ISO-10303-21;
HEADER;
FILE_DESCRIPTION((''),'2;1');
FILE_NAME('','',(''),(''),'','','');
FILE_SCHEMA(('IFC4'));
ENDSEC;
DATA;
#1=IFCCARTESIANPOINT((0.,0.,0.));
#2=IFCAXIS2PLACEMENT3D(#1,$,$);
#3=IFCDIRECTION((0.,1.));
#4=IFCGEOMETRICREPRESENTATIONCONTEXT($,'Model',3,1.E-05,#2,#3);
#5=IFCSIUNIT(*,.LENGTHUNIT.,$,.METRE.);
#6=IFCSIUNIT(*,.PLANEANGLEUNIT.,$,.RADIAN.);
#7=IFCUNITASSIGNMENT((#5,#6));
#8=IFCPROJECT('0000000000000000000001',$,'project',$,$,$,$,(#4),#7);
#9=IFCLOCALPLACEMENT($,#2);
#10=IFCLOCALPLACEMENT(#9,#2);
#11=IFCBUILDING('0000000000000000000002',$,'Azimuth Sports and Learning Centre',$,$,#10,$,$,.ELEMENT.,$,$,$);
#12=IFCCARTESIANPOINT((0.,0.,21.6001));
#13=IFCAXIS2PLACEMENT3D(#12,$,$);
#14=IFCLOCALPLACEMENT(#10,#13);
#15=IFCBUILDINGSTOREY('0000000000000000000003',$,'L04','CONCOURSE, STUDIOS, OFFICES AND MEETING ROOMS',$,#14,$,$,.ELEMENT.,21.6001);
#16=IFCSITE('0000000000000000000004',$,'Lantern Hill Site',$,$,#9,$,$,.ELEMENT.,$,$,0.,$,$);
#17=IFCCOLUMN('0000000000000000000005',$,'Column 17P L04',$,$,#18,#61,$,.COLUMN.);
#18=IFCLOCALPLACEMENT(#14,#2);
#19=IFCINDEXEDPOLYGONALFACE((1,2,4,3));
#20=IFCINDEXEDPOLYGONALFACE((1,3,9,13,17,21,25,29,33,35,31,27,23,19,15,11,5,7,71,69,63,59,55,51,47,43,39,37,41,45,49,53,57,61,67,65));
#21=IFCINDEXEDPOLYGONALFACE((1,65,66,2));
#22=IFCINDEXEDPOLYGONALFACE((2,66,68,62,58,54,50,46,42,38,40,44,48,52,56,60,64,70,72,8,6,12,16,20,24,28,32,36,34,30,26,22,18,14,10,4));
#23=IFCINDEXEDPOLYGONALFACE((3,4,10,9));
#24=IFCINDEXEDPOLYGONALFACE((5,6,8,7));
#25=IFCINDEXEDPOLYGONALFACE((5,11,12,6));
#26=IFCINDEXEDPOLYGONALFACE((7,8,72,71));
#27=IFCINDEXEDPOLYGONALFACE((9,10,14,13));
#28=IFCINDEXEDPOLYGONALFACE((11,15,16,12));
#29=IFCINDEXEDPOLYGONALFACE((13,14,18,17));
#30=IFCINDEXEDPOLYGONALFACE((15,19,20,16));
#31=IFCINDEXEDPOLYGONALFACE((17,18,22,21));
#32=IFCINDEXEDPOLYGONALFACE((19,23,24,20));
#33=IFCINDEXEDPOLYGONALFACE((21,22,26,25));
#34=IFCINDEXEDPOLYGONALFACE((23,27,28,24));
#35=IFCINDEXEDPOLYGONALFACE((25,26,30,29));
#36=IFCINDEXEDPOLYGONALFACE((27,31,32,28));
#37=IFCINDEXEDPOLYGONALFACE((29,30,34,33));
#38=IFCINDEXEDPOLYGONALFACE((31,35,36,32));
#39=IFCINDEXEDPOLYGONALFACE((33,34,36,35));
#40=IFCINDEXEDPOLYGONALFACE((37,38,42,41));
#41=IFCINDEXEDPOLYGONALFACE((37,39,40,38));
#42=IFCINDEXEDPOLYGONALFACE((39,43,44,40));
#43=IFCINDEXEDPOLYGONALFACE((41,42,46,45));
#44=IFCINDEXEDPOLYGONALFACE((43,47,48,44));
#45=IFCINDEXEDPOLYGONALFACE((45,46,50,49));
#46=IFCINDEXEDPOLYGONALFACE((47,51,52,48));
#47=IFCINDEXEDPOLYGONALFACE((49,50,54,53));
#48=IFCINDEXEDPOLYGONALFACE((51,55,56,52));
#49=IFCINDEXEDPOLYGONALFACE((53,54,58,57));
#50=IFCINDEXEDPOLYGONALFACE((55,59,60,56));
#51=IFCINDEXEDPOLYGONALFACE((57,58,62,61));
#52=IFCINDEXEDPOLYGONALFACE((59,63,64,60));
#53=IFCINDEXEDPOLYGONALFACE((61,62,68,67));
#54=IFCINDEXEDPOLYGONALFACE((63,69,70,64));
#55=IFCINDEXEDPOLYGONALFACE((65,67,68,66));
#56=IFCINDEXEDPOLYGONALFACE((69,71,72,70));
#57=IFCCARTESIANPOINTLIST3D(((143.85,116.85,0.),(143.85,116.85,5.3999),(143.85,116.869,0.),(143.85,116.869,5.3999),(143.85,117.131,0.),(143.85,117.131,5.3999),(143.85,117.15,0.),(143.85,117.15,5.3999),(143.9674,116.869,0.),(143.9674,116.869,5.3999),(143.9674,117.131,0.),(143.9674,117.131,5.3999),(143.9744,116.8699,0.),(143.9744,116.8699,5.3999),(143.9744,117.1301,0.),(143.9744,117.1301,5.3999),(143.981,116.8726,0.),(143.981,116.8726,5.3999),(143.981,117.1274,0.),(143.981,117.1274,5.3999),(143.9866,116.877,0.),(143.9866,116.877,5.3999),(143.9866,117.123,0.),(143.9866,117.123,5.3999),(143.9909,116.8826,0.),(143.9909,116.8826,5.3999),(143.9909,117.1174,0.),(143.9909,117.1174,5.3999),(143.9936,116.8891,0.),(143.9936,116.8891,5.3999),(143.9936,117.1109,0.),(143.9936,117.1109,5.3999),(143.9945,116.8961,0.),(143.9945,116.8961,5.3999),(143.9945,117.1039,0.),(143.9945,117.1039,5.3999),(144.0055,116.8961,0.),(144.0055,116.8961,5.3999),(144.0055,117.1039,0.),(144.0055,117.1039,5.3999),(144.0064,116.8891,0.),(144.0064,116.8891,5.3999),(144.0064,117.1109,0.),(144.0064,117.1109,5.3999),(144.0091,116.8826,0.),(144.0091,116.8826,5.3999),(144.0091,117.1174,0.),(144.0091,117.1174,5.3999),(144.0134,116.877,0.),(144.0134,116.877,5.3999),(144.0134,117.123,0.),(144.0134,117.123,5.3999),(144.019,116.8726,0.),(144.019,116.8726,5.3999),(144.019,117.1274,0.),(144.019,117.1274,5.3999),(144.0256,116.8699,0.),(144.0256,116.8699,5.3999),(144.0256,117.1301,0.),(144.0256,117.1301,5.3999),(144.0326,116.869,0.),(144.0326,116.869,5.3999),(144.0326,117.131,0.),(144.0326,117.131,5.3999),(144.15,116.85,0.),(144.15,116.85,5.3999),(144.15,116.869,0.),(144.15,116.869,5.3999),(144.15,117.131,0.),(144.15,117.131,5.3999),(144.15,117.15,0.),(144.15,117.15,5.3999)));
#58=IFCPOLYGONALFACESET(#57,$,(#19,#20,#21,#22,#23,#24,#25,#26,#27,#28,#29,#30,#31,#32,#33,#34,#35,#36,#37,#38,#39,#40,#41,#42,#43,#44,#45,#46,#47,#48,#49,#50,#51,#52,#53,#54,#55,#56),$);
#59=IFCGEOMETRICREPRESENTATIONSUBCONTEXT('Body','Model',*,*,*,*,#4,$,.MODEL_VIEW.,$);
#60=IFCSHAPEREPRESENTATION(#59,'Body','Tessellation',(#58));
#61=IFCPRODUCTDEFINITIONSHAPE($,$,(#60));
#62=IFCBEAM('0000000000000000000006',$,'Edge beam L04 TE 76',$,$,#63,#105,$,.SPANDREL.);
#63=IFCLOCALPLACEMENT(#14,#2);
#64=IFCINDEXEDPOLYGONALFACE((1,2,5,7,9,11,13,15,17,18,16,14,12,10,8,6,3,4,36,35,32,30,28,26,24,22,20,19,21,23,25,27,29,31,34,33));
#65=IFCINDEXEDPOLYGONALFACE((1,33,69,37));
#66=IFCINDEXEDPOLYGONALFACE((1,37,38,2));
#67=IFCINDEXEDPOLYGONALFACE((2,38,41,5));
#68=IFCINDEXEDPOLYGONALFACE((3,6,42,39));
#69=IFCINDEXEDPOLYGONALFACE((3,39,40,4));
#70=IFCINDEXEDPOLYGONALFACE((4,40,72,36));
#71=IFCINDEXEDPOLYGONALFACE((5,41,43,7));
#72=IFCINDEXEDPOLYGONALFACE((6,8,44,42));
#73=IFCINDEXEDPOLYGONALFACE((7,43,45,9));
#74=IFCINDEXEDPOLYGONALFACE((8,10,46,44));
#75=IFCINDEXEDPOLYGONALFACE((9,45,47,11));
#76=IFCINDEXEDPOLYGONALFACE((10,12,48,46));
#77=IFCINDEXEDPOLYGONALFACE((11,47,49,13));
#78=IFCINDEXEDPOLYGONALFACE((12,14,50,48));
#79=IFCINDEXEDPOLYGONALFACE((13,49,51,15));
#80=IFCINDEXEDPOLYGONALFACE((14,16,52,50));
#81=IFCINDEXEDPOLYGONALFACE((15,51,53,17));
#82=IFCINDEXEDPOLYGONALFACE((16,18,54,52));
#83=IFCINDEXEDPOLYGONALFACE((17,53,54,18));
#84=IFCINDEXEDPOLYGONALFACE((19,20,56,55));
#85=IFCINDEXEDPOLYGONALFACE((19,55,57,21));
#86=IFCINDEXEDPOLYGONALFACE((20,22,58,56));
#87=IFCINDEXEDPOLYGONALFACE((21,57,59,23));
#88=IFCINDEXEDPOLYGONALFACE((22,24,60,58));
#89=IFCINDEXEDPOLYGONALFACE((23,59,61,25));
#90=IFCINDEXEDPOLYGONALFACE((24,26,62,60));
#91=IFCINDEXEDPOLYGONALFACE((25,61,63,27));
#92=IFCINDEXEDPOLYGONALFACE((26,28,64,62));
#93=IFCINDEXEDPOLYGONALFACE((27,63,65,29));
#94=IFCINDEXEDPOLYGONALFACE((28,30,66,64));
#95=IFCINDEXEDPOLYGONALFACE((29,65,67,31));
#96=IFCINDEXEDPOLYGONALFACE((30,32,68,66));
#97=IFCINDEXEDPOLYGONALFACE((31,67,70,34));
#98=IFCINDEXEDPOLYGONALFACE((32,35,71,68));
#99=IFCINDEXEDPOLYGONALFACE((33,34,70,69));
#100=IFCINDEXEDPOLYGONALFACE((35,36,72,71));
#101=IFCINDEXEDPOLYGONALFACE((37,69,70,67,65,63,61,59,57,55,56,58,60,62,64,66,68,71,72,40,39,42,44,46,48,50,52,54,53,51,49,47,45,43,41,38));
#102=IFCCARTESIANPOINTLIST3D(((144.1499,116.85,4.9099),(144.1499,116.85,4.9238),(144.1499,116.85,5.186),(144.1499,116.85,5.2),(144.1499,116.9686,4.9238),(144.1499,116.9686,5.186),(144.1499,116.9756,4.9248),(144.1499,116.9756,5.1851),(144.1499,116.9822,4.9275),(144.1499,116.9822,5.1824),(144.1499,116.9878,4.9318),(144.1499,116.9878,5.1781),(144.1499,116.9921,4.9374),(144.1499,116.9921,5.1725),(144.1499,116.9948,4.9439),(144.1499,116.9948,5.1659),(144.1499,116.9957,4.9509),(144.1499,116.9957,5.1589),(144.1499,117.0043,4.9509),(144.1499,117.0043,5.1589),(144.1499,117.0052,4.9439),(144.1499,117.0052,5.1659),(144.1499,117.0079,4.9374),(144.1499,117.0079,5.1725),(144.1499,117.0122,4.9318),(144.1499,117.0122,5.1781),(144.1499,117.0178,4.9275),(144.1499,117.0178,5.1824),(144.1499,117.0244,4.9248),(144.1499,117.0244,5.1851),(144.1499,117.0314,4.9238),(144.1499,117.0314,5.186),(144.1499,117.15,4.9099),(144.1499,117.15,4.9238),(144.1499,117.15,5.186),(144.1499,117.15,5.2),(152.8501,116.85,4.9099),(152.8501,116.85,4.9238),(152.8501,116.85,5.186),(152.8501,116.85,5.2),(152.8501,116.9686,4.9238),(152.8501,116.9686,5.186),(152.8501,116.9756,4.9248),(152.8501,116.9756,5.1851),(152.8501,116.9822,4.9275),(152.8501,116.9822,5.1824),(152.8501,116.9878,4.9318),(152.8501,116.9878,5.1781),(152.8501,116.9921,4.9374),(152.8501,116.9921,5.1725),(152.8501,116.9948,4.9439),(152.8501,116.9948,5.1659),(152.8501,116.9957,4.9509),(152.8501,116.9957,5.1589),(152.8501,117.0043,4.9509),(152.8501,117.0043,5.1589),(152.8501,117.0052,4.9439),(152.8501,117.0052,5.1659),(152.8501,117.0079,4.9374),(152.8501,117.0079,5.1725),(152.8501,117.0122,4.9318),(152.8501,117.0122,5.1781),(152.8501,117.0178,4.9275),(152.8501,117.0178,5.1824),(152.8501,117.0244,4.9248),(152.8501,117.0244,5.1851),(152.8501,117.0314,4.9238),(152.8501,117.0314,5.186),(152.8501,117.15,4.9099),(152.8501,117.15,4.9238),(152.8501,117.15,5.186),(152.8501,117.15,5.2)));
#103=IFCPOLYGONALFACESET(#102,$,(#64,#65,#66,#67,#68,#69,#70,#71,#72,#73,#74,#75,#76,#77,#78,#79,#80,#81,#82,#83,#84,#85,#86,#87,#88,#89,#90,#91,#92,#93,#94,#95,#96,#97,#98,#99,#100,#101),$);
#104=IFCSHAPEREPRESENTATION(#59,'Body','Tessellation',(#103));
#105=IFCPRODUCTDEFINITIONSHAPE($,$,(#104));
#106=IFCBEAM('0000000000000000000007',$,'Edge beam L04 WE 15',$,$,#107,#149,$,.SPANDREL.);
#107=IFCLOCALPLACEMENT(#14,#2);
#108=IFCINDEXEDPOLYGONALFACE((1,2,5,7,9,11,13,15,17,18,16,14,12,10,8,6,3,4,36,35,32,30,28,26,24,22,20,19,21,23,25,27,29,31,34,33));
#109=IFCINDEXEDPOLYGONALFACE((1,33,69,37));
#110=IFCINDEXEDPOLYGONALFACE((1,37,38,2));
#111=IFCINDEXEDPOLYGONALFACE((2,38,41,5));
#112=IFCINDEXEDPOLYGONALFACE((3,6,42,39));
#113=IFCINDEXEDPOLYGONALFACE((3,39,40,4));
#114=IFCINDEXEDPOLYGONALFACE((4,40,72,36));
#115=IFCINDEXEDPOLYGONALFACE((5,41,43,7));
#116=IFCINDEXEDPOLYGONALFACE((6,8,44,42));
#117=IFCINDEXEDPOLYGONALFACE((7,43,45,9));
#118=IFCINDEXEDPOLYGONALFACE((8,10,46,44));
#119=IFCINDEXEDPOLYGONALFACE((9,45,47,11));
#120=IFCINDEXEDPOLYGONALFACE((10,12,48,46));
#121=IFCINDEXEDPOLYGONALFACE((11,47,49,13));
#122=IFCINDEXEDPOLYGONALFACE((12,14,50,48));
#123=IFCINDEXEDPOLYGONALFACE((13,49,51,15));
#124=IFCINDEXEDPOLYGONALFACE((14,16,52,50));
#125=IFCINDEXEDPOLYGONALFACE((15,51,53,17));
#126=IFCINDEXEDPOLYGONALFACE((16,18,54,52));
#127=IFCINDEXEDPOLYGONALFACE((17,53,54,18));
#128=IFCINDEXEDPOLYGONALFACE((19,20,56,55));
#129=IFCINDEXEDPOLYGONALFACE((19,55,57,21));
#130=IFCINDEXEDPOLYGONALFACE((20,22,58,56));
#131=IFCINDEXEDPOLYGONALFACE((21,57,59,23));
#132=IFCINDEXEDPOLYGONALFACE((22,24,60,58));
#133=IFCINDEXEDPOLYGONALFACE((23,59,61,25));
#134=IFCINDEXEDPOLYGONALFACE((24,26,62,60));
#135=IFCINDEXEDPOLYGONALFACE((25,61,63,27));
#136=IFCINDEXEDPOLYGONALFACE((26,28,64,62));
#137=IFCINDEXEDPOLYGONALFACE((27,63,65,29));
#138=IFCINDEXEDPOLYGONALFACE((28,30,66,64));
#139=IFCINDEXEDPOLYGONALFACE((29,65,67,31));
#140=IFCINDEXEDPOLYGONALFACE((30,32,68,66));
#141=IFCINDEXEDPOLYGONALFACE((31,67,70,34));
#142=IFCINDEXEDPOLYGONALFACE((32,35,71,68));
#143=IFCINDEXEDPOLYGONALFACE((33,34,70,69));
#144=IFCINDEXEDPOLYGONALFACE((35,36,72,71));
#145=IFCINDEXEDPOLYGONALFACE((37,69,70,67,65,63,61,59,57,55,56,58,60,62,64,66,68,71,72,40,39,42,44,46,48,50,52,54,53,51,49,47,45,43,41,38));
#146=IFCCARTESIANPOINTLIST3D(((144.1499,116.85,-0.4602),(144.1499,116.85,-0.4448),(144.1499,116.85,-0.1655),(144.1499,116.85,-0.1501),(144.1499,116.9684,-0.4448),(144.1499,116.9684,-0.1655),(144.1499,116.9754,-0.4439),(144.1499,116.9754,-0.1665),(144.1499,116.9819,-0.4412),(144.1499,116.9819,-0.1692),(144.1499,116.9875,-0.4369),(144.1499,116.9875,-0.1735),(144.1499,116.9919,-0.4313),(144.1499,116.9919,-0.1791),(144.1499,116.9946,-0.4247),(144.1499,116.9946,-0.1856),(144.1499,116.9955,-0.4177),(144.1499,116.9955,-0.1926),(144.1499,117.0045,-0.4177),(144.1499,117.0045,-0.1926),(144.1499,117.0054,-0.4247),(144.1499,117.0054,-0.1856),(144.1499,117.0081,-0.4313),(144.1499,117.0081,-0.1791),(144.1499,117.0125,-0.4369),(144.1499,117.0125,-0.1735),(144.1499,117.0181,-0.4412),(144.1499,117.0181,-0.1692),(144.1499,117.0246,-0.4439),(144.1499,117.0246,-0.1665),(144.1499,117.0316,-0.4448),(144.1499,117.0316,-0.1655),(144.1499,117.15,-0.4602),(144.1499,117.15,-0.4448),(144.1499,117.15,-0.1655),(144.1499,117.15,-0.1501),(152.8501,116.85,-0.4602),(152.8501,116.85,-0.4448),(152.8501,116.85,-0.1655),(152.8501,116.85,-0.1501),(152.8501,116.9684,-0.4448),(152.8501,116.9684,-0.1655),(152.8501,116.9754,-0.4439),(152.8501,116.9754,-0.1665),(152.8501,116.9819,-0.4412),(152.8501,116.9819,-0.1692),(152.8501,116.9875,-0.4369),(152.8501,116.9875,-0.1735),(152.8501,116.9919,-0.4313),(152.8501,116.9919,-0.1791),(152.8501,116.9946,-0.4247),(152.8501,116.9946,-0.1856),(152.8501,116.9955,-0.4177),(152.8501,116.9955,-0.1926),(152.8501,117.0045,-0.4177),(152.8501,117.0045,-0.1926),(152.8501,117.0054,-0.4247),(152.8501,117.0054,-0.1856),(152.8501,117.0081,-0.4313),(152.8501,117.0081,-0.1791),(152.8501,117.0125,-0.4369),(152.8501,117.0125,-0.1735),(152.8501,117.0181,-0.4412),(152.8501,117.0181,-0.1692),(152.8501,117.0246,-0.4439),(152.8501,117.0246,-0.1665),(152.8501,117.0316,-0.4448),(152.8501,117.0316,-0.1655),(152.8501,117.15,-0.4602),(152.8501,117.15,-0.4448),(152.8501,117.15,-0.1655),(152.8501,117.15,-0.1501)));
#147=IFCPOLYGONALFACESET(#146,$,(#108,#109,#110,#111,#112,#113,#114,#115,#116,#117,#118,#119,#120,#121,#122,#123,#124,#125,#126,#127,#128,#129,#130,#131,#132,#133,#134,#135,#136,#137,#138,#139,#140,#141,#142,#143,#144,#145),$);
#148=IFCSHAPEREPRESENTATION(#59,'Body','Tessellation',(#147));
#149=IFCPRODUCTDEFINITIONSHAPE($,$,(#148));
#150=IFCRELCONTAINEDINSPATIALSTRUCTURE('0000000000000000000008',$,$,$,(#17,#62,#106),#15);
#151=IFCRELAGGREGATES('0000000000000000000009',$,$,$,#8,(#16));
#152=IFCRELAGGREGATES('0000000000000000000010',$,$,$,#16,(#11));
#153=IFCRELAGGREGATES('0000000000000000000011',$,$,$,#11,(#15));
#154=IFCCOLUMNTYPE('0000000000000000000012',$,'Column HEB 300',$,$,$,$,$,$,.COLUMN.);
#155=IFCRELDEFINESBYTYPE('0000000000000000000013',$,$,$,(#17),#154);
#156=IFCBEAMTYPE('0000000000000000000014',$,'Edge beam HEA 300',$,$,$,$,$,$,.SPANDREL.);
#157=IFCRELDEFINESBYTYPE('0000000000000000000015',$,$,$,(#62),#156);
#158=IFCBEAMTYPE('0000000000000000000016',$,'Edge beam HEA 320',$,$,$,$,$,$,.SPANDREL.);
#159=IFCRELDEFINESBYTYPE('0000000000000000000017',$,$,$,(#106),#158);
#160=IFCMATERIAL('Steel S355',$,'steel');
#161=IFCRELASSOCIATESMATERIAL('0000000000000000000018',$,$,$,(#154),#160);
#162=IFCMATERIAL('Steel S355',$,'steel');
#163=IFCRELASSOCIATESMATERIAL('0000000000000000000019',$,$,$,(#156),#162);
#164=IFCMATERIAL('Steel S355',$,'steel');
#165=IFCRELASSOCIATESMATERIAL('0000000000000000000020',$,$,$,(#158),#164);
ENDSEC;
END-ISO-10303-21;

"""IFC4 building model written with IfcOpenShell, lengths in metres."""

from ifc_helpers import new_model, si_unit, direction, frame, origin, origin_2d, place, context, subcontext, project, spatial, i_section, extrude, material, material_profile, profile_set, type_object, element, save


model = new_model("IFC4")

# Units and contexts
model_context = context("Model", 3, precision=1e-05, world=origin(), true_north=direction((0.0, 1.0)))
body_context = subcontext(model_context, "Body", "Model", "MODEL_VIEW")
ifc_project = project(units=[si_unit("LENGTHUNIT", "METRE"), si_unit("PLANEANGLEUNIT", "RADIAN")], contexts=[model_context])

# Site, building, storey
site_placement = place(None, origin())
site = spatial("IfcSite", under=ifc_project, at=site_placement, Name="Lantern Hill Site", CompositionType="ELEMENT", RefElevation=0.0)
building_placement = place(site_placement, origin())
building = spatial("IfcBuilding", under=site, at=building_placement, Name="Azimuth Sports and Learning Centre", CompositionType="ELEMENT")
storey_placement = place(building_placement, frame((0.0, 0.0, 21.6001)))
storey = spatial("IfcBuildingStorey", under=building, at=storey_placement, Name="L04", Description="CONCOURSE, STUDIOS, OFFICES AND MEETING ROOMS", CompositionType="ELEMENT", Elevation=21.6001)

# Column
ifc_material_1 = material(Name="Steel S355", Category="steel")
ifc_material_profile_1 = material_profile(ifc_material_1, i_section(OverallWidth=0.3, OverallDepth=0.3, WebThickness=0.011, FlangeThickness=0.019, FilletRadius=0.0271, at=origin_2d()), Name="HEB 300")
ifc_profile_set_1 = profile_set([ifc_material_profile_1], Name="Steel S355")
column_type = type_object("IfcColumnType", Name="Column HEB 300", PredefinedType="COLUMN", material=ifc_profile_set_1)
column_placement = place(storey_placement, frame((144.0, 117.0, 0.0), z_axis=(0.0, 0.0, 1.0), x_axis=(1.0, 0.0, 0.0)))
element("IfcColumn", 1, at=column_placement, inside=storey, type_object=column_type, Name="Column 17P L04", PredefinedType="COLUMN", context=body_context, shape_type="SweptSolid", body=[
    extrude(i_section(OverallWidth=0.3, OverallDepth=0.3, WebThickness=0.011, FlangeThickness=0.019, FilletRadius=0.0271, at=origin_2d()), origin(), (0.0, 0.0, 1.0), 5.3999),
])

# Beams
ifc_material_2 = material(Name="Steel S355", Category="steel")
ifc_material_profile_2 = material_profile(ifc_material_2, i_section(OverallWidth=0.3, OverallDepth=0.29, WebThickness=0.0085, FlangeThickness=0.0139, FilletRadius=0.0271, at=origin_2d()), Name="HEA 300")
ifc_profile_set_2 = profile_set([ifc_material_profile_2], Name="Steel S355")
beam_type_1 = type_object("IfcBeamType", Name="Edge beam HEA 300", PredefinedType="SPANDREL", material=ifc_profile_set_2)
beam_1_placement = place(storey_placement, frame((144.1499, 117.0, 5.0549), z_axis=(1.0, 0.0, 0.0), x_axis=(0.0, 1.0, 0.0)))
element("IfcBeam", 2, at=beam_1_placement, inside=storey, type_object=beam_type_1, Name="Edge beam L04 TE 76", PredefinedType="SPANDREL", context=body_context, shape_type="SweptSolid", body=[
    extrude(i_section(OverallWidth=0.3, OverallDepth=0.29, WebThickness=0.0085, FlangeThickness=0.0139, FilletRadius=0.0271, at=origin_2d()), origin(), (0.0, 0.0, 1.0), 8.7002),
])
ifc_material_3 = material(Name="Steel S355", Category="steel")
ifc_material_profile_3 = material_profile(ifc_material_3, i_section(OverallWidth=0.3, OverallDepth=0.3101, WebThickness=0.009, FlangeThickness=0.0154, FilletRadius=0.0271, at=origin_2d()), Name="HEA 320")
ifc_profile_set_3 = profile_set([ifc_material_profile_3], Name="Steel S355")
beam_type_2 = type_object("IfcBeamType", Name="Edge beam HEA 320", PredefinedType="SPANDREL", material=ifc_profile_set_3)
beam_2_placement = place(storey_placement, frame((144.1499, 117.0, -0.3052), z_axis=(1.0, 0.0, 0.0), x_axis=(0.0, 1.0, 0.0)))
element("IfcBeam", 3, at=beam_2_placement, inside=storey, type_object=beam_type_2, Name="Edge beam L04 WE 15", PredefinedType="SPANDREL", context=body_context, shape_type="SweptSolid", body=[
    extrude(i_section(OverallWidth=0.3, OverallDepth=0.3101, WebThickness=0.009, FlangeThickness=0.0154, FilletRadius=0.0271, at=origin_2d()), origin(), (0.0, 0.0, 1.0), 8.7002),
])

save(model, "model.ifc")
